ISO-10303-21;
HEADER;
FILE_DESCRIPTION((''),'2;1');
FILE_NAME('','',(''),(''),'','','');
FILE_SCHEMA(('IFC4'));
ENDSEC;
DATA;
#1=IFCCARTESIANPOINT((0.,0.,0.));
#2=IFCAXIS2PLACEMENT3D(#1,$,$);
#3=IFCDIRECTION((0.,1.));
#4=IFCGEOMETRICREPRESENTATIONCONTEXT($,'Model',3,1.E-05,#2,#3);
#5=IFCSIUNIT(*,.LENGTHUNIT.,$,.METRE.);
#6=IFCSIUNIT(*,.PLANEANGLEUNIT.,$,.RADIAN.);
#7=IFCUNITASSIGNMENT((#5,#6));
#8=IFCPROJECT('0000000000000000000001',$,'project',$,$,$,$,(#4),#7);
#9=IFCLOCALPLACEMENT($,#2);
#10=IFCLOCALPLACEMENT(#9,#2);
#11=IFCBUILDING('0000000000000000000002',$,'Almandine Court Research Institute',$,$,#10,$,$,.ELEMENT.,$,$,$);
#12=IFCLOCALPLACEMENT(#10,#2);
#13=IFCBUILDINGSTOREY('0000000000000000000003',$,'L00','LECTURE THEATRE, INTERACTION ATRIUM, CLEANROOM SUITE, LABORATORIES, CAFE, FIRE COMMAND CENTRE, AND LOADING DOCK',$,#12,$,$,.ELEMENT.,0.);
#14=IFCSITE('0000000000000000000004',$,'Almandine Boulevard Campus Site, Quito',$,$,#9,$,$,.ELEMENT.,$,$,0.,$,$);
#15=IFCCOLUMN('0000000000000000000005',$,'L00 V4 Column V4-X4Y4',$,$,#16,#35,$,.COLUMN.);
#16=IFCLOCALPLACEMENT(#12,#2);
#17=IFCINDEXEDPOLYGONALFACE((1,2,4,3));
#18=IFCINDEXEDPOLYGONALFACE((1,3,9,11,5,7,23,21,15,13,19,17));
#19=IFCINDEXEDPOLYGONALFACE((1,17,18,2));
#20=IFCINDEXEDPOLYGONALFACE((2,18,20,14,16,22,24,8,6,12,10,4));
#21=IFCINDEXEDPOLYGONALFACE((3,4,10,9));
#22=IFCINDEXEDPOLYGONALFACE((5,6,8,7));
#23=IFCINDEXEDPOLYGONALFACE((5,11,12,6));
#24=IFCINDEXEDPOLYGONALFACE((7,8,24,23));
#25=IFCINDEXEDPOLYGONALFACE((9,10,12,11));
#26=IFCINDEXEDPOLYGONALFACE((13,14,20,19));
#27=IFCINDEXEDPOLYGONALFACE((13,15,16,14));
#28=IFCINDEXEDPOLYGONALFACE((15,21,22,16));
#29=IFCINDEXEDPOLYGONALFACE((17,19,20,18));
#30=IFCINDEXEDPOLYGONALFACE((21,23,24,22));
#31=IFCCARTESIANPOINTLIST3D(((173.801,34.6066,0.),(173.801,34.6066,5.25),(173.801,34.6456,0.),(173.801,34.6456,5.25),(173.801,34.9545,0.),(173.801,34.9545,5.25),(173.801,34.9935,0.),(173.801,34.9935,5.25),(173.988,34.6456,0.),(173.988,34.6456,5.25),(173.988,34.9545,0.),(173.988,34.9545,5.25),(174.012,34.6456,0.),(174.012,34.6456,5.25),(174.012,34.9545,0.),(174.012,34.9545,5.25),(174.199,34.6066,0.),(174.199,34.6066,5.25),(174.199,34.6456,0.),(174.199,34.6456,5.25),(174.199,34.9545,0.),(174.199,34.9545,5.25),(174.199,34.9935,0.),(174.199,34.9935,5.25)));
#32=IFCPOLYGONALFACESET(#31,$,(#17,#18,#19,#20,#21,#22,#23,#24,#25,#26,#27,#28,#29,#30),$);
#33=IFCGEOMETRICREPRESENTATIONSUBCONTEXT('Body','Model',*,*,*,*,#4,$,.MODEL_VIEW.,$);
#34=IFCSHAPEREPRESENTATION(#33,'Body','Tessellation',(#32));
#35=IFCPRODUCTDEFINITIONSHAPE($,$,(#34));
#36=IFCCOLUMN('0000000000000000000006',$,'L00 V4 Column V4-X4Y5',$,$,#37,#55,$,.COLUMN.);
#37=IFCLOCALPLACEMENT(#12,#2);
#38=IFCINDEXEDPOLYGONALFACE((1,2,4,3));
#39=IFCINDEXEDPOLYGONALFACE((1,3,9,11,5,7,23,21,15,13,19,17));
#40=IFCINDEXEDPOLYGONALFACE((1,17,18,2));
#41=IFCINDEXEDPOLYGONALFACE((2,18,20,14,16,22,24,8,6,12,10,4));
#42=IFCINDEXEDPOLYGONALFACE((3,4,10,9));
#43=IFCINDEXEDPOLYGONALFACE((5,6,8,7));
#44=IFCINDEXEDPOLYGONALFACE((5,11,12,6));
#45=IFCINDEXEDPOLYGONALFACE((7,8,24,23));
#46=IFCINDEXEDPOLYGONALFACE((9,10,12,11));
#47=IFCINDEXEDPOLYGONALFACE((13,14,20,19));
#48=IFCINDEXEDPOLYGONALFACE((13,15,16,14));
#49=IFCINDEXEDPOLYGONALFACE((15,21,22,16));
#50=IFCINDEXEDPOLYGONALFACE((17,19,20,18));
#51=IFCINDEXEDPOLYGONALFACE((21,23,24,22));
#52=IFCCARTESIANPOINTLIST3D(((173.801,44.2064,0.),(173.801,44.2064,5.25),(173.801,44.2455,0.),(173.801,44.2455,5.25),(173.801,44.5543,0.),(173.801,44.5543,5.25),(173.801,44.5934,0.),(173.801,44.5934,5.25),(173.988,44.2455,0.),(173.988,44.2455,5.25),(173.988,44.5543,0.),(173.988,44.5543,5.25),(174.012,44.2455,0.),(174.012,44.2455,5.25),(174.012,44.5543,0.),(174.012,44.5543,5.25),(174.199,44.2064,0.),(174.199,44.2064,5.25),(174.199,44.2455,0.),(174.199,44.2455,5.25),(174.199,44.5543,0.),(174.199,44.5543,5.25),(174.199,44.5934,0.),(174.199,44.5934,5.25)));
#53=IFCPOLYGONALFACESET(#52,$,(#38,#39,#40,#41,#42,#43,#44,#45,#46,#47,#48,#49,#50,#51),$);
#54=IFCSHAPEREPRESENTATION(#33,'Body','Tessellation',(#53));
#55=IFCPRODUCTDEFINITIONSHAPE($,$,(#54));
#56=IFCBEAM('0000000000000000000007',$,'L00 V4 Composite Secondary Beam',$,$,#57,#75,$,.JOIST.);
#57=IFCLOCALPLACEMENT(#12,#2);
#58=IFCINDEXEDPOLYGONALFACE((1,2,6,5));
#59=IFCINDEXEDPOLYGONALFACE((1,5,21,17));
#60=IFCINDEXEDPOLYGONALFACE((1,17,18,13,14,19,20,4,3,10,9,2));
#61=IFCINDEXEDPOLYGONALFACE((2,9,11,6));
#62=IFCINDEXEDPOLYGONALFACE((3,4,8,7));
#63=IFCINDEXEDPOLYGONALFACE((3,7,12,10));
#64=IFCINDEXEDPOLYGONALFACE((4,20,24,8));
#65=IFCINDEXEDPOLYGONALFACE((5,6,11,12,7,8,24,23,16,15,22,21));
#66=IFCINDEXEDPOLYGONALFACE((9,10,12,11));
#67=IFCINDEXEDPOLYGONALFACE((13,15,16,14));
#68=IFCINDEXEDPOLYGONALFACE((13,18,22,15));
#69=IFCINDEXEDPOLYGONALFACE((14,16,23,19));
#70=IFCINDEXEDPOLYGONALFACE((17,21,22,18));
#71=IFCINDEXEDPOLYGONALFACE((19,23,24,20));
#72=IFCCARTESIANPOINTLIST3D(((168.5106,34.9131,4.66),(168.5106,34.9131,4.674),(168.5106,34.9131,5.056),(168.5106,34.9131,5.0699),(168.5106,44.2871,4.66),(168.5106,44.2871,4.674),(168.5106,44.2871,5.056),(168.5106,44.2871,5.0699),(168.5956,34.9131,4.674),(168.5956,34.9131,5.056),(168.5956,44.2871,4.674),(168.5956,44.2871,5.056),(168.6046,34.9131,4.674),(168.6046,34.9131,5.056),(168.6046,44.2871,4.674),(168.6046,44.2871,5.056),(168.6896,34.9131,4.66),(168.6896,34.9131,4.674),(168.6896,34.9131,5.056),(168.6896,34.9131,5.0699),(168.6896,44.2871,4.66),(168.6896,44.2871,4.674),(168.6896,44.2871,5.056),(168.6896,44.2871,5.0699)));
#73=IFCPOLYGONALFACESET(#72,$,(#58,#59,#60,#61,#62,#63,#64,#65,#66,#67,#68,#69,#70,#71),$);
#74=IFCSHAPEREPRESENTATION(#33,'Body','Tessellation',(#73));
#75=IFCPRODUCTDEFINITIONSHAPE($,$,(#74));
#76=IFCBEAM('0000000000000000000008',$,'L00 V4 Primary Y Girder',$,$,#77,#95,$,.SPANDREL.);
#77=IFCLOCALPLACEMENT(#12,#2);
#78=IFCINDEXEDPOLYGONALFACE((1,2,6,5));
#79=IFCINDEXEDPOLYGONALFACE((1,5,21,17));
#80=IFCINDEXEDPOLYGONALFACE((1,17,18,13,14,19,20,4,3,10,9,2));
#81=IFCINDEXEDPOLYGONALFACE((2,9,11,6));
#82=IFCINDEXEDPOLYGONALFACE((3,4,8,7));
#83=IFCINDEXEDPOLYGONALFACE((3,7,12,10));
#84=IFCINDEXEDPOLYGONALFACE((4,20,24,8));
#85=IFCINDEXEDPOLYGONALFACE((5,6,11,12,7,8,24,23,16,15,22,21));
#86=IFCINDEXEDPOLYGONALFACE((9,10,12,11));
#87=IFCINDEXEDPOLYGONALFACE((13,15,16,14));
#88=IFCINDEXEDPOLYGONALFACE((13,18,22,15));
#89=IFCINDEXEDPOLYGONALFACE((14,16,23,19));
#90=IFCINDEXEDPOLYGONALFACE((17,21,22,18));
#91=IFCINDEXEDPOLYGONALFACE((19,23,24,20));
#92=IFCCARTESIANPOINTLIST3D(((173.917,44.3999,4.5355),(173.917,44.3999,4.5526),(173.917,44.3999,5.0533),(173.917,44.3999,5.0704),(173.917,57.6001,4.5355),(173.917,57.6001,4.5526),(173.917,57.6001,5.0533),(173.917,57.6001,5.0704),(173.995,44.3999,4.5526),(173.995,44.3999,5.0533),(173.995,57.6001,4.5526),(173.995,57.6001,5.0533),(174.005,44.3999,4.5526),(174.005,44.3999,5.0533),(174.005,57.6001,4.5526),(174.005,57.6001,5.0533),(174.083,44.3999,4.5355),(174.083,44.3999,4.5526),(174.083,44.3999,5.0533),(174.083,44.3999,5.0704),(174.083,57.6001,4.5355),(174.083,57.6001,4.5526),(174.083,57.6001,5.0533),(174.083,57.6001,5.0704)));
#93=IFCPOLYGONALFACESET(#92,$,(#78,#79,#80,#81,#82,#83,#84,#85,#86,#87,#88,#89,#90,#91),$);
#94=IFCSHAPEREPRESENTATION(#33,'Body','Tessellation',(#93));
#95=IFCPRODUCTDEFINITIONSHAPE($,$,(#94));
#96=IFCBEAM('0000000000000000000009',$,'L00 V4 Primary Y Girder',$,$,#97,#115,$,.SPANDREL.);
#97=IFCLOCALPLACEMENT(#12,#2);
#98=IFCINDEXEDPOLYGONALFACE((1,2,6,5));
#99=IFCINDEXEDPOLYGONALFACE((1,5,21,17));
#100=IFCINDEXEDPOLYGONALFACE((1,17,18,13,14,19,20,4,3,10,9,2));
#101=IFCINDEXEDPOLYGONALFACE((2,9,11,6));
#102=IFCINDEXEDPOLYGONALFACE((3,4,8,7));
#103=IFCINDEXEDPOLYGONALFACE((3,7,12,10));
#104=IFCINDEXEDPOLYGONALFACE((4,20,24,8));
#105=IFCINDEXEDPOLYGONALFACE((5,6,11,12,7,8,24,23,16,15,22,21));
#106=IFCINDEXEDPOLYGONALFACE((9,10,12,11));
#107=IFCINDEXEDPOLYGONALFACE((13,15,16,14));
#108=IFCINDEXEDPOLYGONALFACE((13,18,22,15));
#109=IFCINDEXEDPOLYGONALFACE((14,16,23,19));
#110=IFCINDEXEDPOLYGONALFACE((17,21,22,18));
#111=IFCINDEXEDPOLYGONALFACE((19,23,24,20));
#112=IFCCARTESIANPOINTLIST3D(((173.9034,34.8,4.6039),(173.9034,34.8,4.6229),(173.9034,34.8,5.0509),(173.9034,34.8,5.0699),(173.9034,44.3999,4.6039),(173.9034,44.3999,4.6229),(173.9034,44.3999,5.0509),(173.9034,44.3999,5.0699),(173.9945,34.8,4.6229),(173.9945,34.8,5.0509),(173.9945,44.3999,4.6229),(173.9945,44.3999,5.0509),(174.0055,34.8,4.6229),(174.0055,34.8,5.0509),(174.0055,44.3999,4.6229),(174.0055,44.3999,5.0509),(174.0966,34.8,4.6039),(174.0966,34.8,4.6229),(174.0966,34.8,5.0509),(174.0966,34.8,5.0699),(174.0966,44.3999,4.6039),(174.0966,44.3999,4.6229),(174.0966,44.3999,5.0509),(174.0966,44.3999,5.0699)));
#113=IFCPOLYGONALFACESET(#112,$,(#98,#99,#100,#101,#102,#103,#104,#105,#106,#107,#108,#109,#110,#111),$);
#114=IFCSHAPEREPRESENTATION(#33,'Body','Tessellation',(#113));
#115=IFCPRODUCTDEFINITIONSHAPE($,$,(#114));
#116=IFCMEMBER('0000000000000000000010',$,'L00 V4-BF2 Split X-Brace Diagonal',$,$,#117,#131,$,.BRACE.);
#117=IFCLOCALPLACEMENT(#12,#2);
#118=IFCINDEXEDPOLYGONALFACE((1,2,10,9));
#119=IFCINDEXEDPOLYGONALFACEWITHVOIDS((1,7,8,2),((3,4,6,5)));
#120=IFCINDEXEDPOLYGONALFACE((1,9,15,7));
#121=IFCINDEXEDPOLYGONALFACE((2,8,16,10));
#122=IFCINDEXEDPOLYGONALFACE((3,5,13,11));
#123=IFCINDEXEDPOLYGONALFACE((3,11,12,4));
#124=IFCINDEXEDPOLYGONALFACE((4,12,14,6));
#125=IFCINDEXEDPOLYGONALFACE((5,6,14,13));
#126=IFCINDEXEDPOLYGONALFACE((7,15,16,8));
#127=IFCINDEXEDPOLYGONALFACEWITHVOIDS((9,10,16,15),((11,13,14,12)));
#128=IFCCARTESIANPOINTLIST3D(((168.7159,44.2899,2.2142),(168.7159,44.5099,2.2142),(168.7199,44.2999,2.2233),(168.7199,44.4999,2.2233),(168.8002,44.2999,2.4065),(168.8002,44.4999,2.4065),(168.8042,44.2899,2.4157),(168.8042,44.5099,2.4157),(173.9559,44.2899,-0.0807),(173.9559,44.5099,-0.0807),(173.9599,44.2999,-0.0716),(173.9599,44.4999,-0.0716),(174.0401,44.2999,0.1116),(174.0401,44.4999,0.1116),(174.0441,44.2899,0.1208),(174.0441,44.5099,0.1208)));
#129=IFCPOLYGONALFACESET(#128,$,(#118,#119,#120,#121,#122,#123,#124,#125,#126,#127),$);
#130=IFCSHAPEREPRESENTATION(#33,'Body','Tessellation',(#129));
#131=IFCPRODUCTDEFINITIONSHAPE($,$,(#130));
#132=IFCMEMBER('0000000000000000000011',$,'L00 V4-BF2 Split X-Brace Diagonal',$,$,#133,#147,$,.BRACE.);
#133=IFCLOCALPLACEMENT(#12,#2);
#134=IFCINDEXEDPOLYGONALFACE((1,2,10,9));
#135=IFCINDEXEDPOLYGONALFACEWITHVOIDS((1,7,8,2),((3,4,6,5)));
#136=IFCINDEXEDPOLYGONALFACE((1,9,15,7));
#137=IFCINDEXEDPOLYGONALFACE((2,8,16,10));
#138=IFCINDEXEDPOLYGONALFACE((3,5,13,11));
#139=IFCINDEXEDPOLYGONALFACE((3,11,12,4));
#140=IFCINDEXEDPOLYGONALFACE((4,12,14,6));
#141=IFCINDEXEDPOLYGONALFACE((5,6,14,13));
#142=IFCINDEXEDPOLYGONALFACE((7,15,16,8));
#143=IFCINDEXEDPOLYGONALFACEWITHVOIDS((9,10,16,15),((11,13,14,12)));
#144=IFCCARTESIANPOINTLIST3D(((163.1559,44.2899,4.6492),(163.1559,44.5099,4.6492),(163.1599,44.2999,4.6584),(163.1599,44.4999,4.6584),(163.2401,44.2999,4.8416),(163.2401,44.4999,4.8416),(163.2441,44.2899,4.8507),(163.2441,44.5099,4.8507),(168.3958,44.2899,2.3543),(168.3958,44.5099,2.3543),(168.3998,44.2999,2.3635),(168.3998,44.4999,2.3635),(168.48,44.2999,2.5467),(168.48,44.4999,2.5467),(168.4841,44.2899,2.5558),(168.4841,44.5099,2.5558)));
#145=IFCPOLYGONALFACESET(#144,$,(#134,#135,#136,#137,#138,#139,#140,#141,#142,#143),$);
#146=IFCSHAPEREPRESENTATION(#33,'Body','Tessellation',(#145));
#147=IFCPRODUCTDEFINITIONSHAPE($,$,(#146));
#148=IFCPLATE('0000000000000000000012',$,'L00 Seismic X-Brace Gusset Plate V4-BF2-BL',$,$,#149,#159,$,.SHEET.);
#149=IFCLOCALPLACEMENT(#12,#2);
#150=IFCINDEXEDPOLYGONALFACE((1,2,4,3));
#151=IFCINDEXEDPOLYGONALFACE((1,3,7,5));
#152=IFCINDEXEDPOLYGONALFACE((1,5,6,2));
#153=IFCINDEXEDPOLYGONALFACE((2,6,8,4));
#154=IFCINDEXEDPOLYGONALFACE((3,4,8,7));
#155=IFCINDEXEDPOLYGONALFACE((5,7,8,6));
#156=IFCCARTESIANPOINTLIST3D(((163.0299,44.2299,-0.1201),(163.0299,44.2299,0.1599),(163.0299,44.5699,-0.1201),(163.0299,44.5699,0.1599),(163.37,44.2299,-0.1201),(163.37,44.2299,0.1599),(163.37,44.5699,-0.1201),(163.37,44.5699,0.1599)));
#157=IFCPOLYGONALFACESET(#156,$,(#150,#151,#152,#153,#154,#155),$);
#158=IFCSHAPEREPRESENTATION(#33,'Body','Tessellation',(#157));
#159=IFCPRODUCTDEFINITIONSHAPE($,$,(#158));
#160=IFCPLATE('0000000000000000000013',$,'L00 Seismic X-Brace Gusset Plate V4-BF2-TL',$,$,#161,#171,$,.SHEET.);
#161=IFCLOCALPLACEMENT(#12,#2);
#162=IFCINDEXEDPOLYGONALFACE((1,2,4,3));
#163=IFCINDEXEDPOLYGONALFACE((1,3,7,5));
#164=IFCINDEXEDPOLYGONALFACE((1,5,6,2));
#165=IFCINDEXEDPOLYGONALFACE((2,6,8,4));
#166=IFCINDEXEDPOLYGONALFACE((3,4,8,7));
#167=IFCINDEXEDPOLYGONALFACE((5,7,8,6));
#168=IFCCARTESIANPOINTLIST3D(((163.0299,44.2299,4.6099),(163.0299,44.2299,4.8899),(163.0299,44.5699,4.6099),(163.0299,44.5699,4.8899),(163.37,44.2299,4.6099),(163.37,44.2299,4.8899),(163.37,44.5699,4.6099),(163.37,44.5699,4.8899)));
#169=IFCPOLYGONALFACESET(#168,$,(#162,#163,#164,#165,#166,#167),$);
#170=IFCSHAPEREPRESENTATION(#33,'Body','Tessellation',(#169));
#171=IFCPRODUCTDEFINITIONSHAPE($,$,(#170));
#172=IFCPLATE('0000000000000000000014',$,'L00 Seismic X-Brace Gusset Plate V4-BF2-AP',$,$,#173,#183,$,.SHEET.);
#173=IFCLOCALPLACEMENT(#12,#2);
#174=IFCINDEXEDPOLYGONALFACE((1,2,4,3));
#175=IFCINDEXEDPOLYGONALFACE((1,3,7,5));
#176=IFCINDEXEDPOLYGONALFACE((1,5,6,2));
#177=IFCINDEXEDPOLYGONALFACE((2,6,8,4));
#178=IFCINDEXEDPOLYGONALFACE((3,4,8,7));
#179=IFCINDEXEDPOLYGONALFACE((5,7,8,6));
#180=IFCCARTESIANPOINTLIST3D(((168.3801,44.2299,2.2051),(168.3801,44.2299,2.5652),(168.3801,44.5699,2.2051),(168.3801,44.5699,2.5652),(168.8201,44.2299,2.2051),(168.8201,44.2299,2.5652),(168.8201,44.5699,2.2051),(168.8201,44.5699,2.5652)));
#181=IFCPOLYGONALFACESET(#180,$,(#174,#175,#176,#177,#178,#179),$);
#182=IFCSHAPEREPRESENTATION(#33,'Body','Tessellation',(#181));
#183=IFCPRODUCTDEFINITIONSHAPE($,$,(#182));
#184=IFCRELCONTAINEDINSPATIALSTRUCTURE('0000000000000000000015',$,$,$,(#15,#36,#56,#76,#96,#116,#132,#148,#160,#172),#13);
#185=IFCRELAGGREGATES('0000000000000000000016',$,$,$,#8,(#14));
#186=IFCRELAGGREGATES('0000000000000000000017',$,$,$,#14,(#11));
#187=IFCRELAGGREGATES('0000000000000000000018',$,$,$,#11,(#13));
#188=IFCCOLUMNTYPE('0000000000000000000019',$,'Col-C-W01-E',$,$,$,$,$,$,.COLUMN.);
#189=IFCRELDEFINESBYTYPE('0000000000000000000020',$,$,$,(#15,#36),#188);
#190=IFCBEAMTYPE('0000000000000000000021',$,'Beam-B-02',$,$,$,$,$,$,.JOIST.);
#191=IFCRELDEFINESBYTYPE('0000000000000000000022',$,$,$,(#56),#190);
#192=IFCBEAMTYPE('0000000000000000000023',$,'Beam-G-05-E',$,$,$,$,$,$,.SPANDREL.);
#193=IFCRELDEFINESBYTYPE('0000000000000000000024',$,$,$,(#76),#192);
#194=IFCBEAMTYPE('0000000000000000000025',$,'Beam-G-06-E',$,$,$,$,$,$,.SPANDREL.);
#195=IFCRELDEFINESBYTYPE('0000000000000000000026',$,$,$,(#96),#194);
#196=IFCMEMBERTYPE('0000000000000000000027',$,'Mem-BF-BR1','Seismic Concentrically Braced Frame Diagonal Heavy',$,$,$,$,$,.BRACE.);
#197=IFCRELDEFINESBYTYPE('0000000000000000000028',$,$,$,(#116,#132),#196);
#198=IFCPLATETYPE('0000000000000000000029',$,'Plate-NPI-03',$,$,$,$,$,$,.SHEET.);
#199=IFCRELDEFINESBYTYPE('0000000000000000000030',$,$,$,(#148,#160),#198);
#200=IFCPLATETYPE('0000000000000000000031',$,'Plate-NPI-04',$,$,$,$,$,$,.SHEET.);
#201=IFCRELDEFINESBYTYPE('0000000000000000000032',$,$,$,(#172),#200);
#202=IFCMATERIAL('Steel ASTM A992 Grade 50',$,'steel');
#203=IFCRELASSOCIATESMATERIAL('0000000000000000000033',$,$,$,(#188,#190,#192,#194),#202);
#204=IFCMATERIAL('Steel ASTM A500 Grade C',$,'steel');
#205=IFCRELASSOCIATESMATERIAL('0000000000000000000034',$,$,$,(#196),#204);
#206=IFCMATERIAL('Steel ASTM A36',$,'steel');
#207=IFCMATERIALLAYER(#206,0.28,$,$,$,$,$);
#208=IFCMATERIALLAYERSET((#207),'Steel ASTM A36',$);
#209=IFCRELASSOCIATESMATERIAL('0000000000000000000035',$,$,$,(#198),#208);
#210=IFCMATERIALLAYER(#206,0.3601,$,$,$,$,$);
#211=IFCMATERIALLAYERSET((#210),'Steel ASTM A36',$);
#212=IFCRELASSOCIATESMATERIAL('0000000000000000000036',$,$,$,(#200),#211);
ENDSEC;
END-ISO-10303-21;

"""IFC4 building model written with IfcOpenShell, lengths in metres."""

from ifc_helpers import new_model, si_unit, direction, frame, origin, origin_2d, place, context, subcontext, project, spatial, rectangle, hollow_rectangle, i_section, extrude, material, layer, layer_set, material_profile, profile_set, type_object, element, save


model = new_model("IFC4")

# Units and contexts
model_context = context("Model", 3, precision=1e-05, world=origin(), true_north=direction((0.0, 1.0)))
body_context = subcontext(model_context, "Body", "Model", "MODEL_VIEW")
ifc_project = project(units=[si_unit("LENGTHUNIT", "METRE"), si_unit("PLANEANGLEUNIT", "RADIAN")], contexts=[model_context])

# Site, building, storey
site_placement = place(None, origin())
site = spatial("IfcSite", under=ifc_project, at=site_placement, Name="Almandine Boulevard Campus Site, Quito", CompositionType="ELEMENT", RefElevation=0.0)
building_placement = place(site_placement, origin())
building = spatial("IfcBuilding", under=site, at=building_placement, Name="Almandine Court Research Institute", CompositionType="ELEMENT")
storey_placement = place(building_placement, origin())
storey = spatial("IfcBuildingStorey", under=building, at=storey_placement, Name="L00", Description="LECTURE THEATRE, INTERACTION ATRIUM, CLEANROOM SUITE, LABORATORIES, CAFE, FIRE COMMAND CENTRE, AND LOADING DOCK", CompositionType="ELEMENT", Elevation=0.0)

# Columns
ifc_material_1 = material(Name="Steel ASTM A992 Grade 50", Category="steel")
ifc_material_profile_1 = material_profile(ifc_material_1, i_section(OverallWidth=0.3979, OverallDepth=0.387, WebThickness=0.0239, FlangeThickness=0.0391, at=origin_2d()), Name="W360x262")
ifc_profile_set_1 = profile_set([ifc_material_profile_1], Name="Steel ASTM A992 Grade 50")
column_type = type_object("IfcColumnType", Name="Col-C-W01-E", PredefinedType="COLUMN", material=ifc_profile_set_1)
for number, where, z_axis, x_axis, name in (
    (1, (174.0, 34.8, 0.0), (0.0, 0.0, 1.0), (1.0, 0.0, 0.0), "L00 V4 Column V4-X4Y4"),
    (2, (174.0, 44.3999, 0.0), (0.0, 0.0, 1.0), (1.0, 0.0, 0.0), "L00 V4 Column V4-X4Y5"),
):
    element("IfcColumn", number, at=place(storey_placement, frame(where, z_axis=z_axis, x_axis=x_axis)), inside=storey, type_object=column_type, Name=name, PredefinedType="COLUMN", context=body_context, shape_type="SweptSolid", body=[
        extrude(i_section(OverallWidth=0.3979, OverallDepth=0.387, WebThickness=0.0239, FlangeThickness=0.0391, at=origin_2d()), origin(), (0.0, 0.0, 1.0), 5.25),
    ])

# Beams
ifc_material_profile_2 = material_profile(ifc_material_1, i_section(OverallWidth=0.179, OverallDepth=0.4099, WebThickness=0.009, FlangeThickness=0.0139, at=origin_2d()), Name="W410x67")
ifc_profile_set_2 = profile_set([ifc_material_profile_2], Name="Steel ASTM A992 Grade 50")
beam_type_1 = type_object("IfcBeamType", Name="Beam-B-02", PredefinedType="JOIST", material=ifc_profile_set_2)
beam_1_placement = place(storey_placement, frame((168.6001, 34.9131, 4.865), z_axis=(0.0, 1.0, 0.0), x_axis=(-1.0, 0.0, 0.0)))
element("IfcBeam", 3, at=beam_1_placement, inside=storey, type_object=beam_type_1, Name="L00 V4 Composite Secondary Beam", PredefinedType="JOIST", context=body_context, shape_type="SweptSolid", body=[
    extrude(i_section(OverallWidth=0.179, OverallDepth=0.4099, WebThickness=0.009, FlangeThickness=0.0139, at=origin_2d()), origin(), (0.0, 0.0, 1.0), 9.374),
])
ifc_material_profile_3 = material_profile(ifc_material_1, i_section(OverallWidth=0.166, OverallDepth=0.5349, WebThickness=0.01, FlangeThickness=0.0171, at=origin_2d()), Name="W530x85")
ifc_profile_set_3 = profile_set([ifc_material_profile_3], Name="Steel ASTM A992 Grade 50")
beam_type_2 = type_object("IfcBeamType", Name="Beam-G-05-E", PredefinedType="SPANDREL", material=ifc_profile_set_3)
beam_2_placement = place(storey_placement, frame((174.0, 44.3999, 4.803), z_axis=(0.0, 1.0, 0.0), x_axis=(-1.0, 0.0, 0.0)))
element("IfcBeam", 4, at=beam_2_placement, inside=storey, type_object=beam_type_2, Name="L00 V4 Primary Y Girder", PredefinedType="SPANDREL", context=body_context, shape_type="SweptSolid", body=[
    extrude(i_section(OverallWidth=0.166, OverallDepth=0.5349, WebThickness=0.01, FlangeThickness=0.0171, at=origin_2d()), origin(), (0.0, 0.0, 1.0), 13.2002),
])
ifc_material_profile_4 = material_profile(ifc_material_1, i_section(OverallWidth=0.1931, OverallDepth=0.4661, WebThickness=0.011, FlangeThickness=0.019, at=origin_2d()), Name="W460x97")
ifc_profile_set_4 = profile_set([ifc_material_profile_4], Name="Steel ASTM A992 Grade 50")
beam_type_3 = type_object("IfcBeamType", Name="Beam-G-06-E", PredefinedType="SPANDREL", material=ifc_profile_set_4)
beam_3_placement = place(storey_placement, frame((174.0, 34.8, 4.8369), z_axis=(0.0, 1.0, 0.0), x_axis=(-1.0, 0.0, 0.0)))
element("IfcBeam", 5, at=beam_3_placement, inside=storey, type_object=beam_type_3, Name="L00 V4 Primary Y Girder", PredefinedType="SPANDREL", context=body_context, shape_type="SweptSolid", body=[
    extrude(i_section(OverallWidth=0.1931, OverallDepth=0.4661, WebThickness=0.011, FlangeThickness=0.019, at=origin_2d()), origin(), (0.0, 0.0, 1.0), 9.5999),
])

# Members
ifc_material_2 = material(Name="Steel ASTM A500 Grade C", Category="steel")
ifc_material_profile_5 = material_profile(ifc_material_2, hollow_rectangle(XDim=0.22, YDim=0.22, WallThickness=0.01, at=origin_2d()), Name="HSS 220x220x10")
ifc_profile_set_5 = profile_set([ifc_material_profile_5], Name="Steel ASTM A500 Grade C")
member_type = type_object("IfcMemberType", Name="Mem-BF-BR1", Description="Seismic Concentrically Braced Frame Diagonal Heavy", PredefinedType="BRACE", material=ifc_profile_set_5)
for number, where, z_axis, x_axis, name in (
    (6, (174.0, 44.3999, 0.02), (-0.916002, 0.0, 0.401175), (0.0, -1.0, 0.0), "L00 V4-BF2 Split X-Brace Diagonal"),
    (7, (168.4399, 44.3999, 2.4551), (-0.916002, 0.0, 0.401175), (0.0, -1.0, 0.0), "L00 V4-BF2 Split X-Brace Diagonal"),
):
    element("IfcMember", number, at=place(storey_placement, frame(where, z_axis=z_axis, x_axis=x_axis)), inside=storey, type_object=member_type, Name=name, PredefinedType="BRACE", context=body_context, shape_type="SweptSolid", body=[
        extrude(hollow_rectangle(XDim=0.22, YDim=0.22, WallThickness=0.01, at=origin_2d()), origin(), (0.0, 0.0, 1.0), 5.7205),
    ])

# Plates
ifc_material_3 = material(Name="Steel ASTM A36", Category="steel")
ifc_layer_1 = layer(ifc_material_3, 0.28)
ifc_layer_set_1 = layer_set([ifc_layer_1], Name="Steel ASTM A36")
plate_type_1 = type_object("IfcPlateType", Name="Plate-NPI-03", PredefinedType="SHEET", material=ifc_layer_set_1)
for number, where, z_axis, x_axis, name in (
    (8, (163.2, 44.3999, -0.1201), (0.0, 0.0, 1.0), (1.0, 0.0, 0.0), "L00 Seismic X-Brace Gusset Plate V4-BF2-BL"),
    (9, (163.2, 44.3999, 4.6099), (0.0, 0.0, 1.0), (1.0, 0.0, 0.0), "L00 Seismic X-Brace Gusset Plate V4-BF2-TL"),
):
    element("IfcPlate", number, at=place(storey_placement, frame(where, z_axis=z_axis, x_axis=x_axis)), inside=storey, type_object=plate_type_1, Name=name, PredefinedType="SHEET", context=body_context, shape_type="SweptSolid", body=[
        extrude(rectangle(XDim=0.3401, YDim=0.3401, at=origin_2d()), origin(), (0.0, 0.0, 1.0), 0.28),
    ])
ifc_layer_2 = layer(ifc_material_3, 0.3601)
ifc_layer_set_2 = layer_set([ifc_layer_2], Name="Steel ASTM A36")
plate_type_2 = type_object("IfcPlateType", Name="Plate-NPI-04", PredefinedType="SHEET", material=ifc_layer_set_2)
plate_placement = place(storey_placement, frame((168.6001, 44.3999, 2.2051), z_axis=(0.0, 0.0, 1.0), x_axis=(1.0, 0.0, 0.0)))
element("IfcPlate", 10, at=plate_placement, inside=storey, type_object=plate_type_2, Name="L00 Seismic X-Brace Gusset Plate V4-BF2-AP", PredefinedType="SHEET", context=body_context, shape_type="SweptSolid", body=[
    extrude(rectangle(XDim=0.4399, YDim=0.3401, at=origin_2d()), origin(), (0.0, 0.0, 1.0), 0.3601),
])

save(model, "model.ifc")
